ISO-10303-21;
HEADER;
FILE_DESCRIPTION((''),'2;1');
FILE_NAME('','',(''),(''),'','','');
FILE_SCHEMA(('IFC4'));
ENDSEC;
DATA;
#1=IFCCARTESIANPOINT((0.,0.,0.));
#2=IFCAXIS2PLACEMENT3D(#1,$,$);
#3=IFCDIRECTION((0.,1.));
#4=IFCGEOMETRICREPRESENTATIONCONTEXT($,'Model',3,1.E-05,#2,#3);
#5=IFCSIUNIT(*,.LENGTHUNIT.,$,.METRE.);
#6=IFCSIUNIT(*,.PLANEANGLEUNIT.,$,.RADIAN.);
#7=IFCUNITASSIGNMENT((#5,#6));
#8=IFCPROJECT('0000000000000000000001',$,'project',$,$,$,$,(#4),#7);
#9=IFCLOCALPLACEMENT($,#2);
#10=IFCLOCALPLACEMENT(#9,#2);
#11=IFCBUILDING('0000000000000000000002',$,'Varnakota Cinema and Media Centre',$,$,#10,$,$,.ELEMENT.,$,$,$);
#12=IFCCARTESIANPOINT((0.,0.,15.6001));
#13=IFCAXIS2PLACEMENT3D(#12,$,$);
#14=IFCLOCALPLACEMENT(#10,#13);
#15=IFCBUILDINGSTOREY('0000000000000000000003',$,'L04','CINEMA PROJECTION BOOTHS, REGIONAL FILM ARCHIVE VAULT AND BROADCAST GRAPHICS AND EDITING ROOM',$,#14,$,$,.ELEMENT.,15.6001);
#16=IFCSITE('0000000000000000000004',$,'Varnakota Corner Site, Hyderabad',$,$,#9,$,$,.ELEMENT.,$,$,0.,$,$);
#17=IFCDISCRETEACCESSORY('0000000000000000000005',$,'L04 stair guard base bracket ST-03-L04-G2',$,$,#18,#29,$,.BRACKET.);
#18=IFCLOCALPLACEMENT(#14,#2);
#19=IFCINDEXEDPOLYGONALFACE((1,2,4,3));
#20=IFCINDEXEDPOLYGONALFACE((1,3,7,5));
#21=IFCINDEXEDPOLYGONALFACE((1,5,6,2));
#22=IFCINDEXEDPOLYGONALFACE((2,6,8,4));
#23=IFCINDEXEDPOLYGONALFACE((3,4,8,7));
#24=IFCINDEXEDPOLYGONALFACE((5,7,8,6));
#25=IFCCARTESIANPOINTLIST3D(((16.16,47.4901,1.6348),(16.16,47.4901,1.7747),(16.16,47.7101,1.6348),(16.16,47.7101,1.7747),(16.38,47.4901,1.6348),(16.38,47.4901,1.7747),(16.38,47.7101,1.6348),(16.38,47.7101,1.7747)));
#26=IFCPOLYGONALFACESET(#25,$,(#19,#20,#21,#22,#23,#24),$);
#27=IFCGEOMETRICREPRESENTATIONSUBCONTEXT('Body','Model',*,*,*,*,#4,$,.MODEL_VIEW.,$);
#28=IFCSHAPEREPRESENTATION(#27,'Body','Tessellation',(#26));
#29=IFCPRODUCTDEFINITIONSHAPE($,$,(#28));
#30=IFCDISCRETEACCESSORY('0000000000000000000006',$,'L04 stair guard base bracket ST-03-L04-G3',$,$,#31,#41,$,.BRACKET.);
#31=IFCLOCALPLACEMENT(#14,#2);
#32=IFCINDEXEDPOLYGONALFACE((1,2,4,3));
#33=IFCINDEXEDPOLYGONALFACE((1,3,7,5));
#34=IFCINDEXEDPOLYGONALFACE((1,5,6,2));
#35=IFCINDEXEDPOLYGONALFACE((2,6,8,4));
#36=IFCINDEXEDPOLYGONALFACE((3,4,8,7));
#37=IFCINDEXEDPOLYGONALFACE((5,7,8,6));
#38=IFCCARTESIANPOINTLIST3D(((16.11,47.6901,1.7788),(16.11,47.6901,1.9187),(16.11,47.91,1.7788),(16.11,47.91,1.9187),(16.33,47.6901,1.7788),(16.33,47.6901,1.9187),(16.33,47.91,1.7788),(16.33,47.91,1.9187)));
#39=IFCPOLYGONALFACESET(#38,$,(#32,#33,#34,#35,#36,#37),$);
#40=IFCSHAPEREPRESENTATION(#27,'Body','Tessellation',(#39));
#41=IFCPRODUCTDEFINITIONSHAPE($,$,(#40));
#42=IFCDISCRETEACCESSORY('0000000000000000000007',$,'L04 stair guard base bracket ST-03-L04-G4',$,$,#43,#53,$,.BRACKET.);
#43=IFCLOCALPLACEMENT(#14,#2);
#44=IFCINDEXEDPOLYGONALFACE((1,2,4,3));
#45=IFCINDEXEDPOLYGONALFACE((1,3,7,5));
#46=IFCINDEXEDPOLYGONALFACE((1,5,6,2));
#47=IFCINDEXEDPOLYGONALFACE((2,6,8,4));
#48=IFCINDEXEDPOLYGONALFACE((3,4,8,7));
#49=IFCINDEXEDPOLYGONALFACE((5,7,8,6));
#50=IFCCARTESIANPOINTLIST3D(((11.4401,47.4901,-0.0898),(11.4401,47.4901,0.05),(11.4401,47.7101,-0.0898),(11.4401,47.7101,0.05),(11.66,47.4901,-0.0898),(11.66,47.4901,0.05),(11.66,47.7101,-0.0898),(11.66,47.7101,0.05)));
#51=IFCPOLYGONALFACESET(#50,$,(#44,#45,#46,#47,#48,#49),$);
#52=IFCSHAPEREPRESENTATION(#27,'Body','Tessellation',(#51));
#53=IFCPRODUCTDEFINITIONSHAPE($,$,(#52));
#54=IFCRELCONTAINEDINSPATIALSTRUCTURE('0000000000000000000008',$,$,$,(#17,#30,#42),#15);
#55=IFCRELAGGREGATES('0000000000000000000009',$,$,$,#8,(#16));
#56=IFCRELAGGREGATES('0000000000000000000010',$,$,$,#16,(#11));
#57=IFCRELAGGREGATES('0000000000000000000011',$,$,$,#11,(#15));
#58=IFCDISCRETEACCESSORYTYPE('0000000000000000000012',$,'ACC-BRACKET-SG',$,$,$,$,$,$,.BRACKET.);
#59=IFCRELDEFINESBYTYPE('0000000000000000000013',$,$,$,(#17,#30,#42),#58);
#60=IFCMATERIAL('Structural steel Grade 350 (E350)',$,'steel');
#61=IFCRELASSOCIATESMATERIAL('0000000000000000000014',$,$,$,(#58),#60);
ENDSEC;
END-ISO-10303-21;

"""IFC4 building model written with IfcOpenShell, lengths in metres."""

from ifc_helpers import new_model, si_unit, direction, frame, origin, origin_2d, place, context, subcontext, project, spatial, rectangle, extrude, material, type_object, element, save


model = new_model("IFC4")

# Units and contexts
model_context = context("Model", 3, precision=1e-05, world=origin(), true_north=direction((0.0, 1.0)))
body_context = subcontext(model_context, "Body", "Model", "MODEL_VIEW")
ifc_project = project(units=[si_unit("LENGTHUNIT", "METRE"), si_unit("PLANEANGLEUNIT", "RADIAN")], contexts=[model_context])

# Site, building, storey
site_placement = place(None, origin())
site = spatial("IfcSite", under=ifc_project, at=site_placement, Name="Varnakota Corner Site, Hyderabad", CompositionType="ELEMENT", RefElevation=0.0)
building_placement = place(site_placement, origin())
building = spatial("IfcBuilding", under=site, at=building_placement, Name="Varnakota Cinema and Media Centre", CompositionType="ELEMENT")
storey_placement = place(building_placement, frame((0.0, 0.0, 15.6001)))
storey = spatial("IfcBuildingStorey", under=building, at=storey_placement, Name="L04", Description="CINEMA PROJECTION BOOTHS, REGIONAL FILM ARCHIVE VAULT AND BROADCAST GRAPHICS AND EDITING ROOM", CompositionType="ELEMENT", Elevation=15.6001)

# Discrete accessories
ifc_material_1 = material(Name="Structural steel Grade 350 (E350)", Category="steel")
discrete_accessory_type = type_object("IfcDiscreteAccessoryType", Name="ACC-BRACKET-SG", PredefinedType="BRACKET", material=ifc_material_1)
for number, where, z_axis, x_axis, name in (
    (1, (16.27, 47.6001, 1.6348), (0.0, 0.0, 1.0), (1.0, 0.0, 0.0), "L04 stair guard base bracket ST-03-L04-G2"),
    (2, (16.22, 47.8, 1.7788), (0.0, 0.0, 1.0), (1.0, 0.0, 0.0), "L04 stair guard base bracket ST-03-L04-G3"),
    (3, (11.55, 47.6001, -0.0898), (0.0, 0.0, 1.0), (1.0, 0.0, 0.0), "L04 stair guard base bracket ST-03-L04-G4"),
):
    element("IfcDiscreteAccessory", number, at=place(storey_placement, frame(where, z_axis=z_axis, x_axis=x_axis)), inside=storey, type_object=discrete_accessory_type, Name=name, PredefinedType="BRACKET", context=body_context, shape_type="SweptSolid", body=[
        extrude(rectangle(XDim=0.22, YDim=0.22, at=origin_2d()), origin(), (0.0, 0.0, 1.0), 0.1399),
    ])

save(model, "model.ifc")
